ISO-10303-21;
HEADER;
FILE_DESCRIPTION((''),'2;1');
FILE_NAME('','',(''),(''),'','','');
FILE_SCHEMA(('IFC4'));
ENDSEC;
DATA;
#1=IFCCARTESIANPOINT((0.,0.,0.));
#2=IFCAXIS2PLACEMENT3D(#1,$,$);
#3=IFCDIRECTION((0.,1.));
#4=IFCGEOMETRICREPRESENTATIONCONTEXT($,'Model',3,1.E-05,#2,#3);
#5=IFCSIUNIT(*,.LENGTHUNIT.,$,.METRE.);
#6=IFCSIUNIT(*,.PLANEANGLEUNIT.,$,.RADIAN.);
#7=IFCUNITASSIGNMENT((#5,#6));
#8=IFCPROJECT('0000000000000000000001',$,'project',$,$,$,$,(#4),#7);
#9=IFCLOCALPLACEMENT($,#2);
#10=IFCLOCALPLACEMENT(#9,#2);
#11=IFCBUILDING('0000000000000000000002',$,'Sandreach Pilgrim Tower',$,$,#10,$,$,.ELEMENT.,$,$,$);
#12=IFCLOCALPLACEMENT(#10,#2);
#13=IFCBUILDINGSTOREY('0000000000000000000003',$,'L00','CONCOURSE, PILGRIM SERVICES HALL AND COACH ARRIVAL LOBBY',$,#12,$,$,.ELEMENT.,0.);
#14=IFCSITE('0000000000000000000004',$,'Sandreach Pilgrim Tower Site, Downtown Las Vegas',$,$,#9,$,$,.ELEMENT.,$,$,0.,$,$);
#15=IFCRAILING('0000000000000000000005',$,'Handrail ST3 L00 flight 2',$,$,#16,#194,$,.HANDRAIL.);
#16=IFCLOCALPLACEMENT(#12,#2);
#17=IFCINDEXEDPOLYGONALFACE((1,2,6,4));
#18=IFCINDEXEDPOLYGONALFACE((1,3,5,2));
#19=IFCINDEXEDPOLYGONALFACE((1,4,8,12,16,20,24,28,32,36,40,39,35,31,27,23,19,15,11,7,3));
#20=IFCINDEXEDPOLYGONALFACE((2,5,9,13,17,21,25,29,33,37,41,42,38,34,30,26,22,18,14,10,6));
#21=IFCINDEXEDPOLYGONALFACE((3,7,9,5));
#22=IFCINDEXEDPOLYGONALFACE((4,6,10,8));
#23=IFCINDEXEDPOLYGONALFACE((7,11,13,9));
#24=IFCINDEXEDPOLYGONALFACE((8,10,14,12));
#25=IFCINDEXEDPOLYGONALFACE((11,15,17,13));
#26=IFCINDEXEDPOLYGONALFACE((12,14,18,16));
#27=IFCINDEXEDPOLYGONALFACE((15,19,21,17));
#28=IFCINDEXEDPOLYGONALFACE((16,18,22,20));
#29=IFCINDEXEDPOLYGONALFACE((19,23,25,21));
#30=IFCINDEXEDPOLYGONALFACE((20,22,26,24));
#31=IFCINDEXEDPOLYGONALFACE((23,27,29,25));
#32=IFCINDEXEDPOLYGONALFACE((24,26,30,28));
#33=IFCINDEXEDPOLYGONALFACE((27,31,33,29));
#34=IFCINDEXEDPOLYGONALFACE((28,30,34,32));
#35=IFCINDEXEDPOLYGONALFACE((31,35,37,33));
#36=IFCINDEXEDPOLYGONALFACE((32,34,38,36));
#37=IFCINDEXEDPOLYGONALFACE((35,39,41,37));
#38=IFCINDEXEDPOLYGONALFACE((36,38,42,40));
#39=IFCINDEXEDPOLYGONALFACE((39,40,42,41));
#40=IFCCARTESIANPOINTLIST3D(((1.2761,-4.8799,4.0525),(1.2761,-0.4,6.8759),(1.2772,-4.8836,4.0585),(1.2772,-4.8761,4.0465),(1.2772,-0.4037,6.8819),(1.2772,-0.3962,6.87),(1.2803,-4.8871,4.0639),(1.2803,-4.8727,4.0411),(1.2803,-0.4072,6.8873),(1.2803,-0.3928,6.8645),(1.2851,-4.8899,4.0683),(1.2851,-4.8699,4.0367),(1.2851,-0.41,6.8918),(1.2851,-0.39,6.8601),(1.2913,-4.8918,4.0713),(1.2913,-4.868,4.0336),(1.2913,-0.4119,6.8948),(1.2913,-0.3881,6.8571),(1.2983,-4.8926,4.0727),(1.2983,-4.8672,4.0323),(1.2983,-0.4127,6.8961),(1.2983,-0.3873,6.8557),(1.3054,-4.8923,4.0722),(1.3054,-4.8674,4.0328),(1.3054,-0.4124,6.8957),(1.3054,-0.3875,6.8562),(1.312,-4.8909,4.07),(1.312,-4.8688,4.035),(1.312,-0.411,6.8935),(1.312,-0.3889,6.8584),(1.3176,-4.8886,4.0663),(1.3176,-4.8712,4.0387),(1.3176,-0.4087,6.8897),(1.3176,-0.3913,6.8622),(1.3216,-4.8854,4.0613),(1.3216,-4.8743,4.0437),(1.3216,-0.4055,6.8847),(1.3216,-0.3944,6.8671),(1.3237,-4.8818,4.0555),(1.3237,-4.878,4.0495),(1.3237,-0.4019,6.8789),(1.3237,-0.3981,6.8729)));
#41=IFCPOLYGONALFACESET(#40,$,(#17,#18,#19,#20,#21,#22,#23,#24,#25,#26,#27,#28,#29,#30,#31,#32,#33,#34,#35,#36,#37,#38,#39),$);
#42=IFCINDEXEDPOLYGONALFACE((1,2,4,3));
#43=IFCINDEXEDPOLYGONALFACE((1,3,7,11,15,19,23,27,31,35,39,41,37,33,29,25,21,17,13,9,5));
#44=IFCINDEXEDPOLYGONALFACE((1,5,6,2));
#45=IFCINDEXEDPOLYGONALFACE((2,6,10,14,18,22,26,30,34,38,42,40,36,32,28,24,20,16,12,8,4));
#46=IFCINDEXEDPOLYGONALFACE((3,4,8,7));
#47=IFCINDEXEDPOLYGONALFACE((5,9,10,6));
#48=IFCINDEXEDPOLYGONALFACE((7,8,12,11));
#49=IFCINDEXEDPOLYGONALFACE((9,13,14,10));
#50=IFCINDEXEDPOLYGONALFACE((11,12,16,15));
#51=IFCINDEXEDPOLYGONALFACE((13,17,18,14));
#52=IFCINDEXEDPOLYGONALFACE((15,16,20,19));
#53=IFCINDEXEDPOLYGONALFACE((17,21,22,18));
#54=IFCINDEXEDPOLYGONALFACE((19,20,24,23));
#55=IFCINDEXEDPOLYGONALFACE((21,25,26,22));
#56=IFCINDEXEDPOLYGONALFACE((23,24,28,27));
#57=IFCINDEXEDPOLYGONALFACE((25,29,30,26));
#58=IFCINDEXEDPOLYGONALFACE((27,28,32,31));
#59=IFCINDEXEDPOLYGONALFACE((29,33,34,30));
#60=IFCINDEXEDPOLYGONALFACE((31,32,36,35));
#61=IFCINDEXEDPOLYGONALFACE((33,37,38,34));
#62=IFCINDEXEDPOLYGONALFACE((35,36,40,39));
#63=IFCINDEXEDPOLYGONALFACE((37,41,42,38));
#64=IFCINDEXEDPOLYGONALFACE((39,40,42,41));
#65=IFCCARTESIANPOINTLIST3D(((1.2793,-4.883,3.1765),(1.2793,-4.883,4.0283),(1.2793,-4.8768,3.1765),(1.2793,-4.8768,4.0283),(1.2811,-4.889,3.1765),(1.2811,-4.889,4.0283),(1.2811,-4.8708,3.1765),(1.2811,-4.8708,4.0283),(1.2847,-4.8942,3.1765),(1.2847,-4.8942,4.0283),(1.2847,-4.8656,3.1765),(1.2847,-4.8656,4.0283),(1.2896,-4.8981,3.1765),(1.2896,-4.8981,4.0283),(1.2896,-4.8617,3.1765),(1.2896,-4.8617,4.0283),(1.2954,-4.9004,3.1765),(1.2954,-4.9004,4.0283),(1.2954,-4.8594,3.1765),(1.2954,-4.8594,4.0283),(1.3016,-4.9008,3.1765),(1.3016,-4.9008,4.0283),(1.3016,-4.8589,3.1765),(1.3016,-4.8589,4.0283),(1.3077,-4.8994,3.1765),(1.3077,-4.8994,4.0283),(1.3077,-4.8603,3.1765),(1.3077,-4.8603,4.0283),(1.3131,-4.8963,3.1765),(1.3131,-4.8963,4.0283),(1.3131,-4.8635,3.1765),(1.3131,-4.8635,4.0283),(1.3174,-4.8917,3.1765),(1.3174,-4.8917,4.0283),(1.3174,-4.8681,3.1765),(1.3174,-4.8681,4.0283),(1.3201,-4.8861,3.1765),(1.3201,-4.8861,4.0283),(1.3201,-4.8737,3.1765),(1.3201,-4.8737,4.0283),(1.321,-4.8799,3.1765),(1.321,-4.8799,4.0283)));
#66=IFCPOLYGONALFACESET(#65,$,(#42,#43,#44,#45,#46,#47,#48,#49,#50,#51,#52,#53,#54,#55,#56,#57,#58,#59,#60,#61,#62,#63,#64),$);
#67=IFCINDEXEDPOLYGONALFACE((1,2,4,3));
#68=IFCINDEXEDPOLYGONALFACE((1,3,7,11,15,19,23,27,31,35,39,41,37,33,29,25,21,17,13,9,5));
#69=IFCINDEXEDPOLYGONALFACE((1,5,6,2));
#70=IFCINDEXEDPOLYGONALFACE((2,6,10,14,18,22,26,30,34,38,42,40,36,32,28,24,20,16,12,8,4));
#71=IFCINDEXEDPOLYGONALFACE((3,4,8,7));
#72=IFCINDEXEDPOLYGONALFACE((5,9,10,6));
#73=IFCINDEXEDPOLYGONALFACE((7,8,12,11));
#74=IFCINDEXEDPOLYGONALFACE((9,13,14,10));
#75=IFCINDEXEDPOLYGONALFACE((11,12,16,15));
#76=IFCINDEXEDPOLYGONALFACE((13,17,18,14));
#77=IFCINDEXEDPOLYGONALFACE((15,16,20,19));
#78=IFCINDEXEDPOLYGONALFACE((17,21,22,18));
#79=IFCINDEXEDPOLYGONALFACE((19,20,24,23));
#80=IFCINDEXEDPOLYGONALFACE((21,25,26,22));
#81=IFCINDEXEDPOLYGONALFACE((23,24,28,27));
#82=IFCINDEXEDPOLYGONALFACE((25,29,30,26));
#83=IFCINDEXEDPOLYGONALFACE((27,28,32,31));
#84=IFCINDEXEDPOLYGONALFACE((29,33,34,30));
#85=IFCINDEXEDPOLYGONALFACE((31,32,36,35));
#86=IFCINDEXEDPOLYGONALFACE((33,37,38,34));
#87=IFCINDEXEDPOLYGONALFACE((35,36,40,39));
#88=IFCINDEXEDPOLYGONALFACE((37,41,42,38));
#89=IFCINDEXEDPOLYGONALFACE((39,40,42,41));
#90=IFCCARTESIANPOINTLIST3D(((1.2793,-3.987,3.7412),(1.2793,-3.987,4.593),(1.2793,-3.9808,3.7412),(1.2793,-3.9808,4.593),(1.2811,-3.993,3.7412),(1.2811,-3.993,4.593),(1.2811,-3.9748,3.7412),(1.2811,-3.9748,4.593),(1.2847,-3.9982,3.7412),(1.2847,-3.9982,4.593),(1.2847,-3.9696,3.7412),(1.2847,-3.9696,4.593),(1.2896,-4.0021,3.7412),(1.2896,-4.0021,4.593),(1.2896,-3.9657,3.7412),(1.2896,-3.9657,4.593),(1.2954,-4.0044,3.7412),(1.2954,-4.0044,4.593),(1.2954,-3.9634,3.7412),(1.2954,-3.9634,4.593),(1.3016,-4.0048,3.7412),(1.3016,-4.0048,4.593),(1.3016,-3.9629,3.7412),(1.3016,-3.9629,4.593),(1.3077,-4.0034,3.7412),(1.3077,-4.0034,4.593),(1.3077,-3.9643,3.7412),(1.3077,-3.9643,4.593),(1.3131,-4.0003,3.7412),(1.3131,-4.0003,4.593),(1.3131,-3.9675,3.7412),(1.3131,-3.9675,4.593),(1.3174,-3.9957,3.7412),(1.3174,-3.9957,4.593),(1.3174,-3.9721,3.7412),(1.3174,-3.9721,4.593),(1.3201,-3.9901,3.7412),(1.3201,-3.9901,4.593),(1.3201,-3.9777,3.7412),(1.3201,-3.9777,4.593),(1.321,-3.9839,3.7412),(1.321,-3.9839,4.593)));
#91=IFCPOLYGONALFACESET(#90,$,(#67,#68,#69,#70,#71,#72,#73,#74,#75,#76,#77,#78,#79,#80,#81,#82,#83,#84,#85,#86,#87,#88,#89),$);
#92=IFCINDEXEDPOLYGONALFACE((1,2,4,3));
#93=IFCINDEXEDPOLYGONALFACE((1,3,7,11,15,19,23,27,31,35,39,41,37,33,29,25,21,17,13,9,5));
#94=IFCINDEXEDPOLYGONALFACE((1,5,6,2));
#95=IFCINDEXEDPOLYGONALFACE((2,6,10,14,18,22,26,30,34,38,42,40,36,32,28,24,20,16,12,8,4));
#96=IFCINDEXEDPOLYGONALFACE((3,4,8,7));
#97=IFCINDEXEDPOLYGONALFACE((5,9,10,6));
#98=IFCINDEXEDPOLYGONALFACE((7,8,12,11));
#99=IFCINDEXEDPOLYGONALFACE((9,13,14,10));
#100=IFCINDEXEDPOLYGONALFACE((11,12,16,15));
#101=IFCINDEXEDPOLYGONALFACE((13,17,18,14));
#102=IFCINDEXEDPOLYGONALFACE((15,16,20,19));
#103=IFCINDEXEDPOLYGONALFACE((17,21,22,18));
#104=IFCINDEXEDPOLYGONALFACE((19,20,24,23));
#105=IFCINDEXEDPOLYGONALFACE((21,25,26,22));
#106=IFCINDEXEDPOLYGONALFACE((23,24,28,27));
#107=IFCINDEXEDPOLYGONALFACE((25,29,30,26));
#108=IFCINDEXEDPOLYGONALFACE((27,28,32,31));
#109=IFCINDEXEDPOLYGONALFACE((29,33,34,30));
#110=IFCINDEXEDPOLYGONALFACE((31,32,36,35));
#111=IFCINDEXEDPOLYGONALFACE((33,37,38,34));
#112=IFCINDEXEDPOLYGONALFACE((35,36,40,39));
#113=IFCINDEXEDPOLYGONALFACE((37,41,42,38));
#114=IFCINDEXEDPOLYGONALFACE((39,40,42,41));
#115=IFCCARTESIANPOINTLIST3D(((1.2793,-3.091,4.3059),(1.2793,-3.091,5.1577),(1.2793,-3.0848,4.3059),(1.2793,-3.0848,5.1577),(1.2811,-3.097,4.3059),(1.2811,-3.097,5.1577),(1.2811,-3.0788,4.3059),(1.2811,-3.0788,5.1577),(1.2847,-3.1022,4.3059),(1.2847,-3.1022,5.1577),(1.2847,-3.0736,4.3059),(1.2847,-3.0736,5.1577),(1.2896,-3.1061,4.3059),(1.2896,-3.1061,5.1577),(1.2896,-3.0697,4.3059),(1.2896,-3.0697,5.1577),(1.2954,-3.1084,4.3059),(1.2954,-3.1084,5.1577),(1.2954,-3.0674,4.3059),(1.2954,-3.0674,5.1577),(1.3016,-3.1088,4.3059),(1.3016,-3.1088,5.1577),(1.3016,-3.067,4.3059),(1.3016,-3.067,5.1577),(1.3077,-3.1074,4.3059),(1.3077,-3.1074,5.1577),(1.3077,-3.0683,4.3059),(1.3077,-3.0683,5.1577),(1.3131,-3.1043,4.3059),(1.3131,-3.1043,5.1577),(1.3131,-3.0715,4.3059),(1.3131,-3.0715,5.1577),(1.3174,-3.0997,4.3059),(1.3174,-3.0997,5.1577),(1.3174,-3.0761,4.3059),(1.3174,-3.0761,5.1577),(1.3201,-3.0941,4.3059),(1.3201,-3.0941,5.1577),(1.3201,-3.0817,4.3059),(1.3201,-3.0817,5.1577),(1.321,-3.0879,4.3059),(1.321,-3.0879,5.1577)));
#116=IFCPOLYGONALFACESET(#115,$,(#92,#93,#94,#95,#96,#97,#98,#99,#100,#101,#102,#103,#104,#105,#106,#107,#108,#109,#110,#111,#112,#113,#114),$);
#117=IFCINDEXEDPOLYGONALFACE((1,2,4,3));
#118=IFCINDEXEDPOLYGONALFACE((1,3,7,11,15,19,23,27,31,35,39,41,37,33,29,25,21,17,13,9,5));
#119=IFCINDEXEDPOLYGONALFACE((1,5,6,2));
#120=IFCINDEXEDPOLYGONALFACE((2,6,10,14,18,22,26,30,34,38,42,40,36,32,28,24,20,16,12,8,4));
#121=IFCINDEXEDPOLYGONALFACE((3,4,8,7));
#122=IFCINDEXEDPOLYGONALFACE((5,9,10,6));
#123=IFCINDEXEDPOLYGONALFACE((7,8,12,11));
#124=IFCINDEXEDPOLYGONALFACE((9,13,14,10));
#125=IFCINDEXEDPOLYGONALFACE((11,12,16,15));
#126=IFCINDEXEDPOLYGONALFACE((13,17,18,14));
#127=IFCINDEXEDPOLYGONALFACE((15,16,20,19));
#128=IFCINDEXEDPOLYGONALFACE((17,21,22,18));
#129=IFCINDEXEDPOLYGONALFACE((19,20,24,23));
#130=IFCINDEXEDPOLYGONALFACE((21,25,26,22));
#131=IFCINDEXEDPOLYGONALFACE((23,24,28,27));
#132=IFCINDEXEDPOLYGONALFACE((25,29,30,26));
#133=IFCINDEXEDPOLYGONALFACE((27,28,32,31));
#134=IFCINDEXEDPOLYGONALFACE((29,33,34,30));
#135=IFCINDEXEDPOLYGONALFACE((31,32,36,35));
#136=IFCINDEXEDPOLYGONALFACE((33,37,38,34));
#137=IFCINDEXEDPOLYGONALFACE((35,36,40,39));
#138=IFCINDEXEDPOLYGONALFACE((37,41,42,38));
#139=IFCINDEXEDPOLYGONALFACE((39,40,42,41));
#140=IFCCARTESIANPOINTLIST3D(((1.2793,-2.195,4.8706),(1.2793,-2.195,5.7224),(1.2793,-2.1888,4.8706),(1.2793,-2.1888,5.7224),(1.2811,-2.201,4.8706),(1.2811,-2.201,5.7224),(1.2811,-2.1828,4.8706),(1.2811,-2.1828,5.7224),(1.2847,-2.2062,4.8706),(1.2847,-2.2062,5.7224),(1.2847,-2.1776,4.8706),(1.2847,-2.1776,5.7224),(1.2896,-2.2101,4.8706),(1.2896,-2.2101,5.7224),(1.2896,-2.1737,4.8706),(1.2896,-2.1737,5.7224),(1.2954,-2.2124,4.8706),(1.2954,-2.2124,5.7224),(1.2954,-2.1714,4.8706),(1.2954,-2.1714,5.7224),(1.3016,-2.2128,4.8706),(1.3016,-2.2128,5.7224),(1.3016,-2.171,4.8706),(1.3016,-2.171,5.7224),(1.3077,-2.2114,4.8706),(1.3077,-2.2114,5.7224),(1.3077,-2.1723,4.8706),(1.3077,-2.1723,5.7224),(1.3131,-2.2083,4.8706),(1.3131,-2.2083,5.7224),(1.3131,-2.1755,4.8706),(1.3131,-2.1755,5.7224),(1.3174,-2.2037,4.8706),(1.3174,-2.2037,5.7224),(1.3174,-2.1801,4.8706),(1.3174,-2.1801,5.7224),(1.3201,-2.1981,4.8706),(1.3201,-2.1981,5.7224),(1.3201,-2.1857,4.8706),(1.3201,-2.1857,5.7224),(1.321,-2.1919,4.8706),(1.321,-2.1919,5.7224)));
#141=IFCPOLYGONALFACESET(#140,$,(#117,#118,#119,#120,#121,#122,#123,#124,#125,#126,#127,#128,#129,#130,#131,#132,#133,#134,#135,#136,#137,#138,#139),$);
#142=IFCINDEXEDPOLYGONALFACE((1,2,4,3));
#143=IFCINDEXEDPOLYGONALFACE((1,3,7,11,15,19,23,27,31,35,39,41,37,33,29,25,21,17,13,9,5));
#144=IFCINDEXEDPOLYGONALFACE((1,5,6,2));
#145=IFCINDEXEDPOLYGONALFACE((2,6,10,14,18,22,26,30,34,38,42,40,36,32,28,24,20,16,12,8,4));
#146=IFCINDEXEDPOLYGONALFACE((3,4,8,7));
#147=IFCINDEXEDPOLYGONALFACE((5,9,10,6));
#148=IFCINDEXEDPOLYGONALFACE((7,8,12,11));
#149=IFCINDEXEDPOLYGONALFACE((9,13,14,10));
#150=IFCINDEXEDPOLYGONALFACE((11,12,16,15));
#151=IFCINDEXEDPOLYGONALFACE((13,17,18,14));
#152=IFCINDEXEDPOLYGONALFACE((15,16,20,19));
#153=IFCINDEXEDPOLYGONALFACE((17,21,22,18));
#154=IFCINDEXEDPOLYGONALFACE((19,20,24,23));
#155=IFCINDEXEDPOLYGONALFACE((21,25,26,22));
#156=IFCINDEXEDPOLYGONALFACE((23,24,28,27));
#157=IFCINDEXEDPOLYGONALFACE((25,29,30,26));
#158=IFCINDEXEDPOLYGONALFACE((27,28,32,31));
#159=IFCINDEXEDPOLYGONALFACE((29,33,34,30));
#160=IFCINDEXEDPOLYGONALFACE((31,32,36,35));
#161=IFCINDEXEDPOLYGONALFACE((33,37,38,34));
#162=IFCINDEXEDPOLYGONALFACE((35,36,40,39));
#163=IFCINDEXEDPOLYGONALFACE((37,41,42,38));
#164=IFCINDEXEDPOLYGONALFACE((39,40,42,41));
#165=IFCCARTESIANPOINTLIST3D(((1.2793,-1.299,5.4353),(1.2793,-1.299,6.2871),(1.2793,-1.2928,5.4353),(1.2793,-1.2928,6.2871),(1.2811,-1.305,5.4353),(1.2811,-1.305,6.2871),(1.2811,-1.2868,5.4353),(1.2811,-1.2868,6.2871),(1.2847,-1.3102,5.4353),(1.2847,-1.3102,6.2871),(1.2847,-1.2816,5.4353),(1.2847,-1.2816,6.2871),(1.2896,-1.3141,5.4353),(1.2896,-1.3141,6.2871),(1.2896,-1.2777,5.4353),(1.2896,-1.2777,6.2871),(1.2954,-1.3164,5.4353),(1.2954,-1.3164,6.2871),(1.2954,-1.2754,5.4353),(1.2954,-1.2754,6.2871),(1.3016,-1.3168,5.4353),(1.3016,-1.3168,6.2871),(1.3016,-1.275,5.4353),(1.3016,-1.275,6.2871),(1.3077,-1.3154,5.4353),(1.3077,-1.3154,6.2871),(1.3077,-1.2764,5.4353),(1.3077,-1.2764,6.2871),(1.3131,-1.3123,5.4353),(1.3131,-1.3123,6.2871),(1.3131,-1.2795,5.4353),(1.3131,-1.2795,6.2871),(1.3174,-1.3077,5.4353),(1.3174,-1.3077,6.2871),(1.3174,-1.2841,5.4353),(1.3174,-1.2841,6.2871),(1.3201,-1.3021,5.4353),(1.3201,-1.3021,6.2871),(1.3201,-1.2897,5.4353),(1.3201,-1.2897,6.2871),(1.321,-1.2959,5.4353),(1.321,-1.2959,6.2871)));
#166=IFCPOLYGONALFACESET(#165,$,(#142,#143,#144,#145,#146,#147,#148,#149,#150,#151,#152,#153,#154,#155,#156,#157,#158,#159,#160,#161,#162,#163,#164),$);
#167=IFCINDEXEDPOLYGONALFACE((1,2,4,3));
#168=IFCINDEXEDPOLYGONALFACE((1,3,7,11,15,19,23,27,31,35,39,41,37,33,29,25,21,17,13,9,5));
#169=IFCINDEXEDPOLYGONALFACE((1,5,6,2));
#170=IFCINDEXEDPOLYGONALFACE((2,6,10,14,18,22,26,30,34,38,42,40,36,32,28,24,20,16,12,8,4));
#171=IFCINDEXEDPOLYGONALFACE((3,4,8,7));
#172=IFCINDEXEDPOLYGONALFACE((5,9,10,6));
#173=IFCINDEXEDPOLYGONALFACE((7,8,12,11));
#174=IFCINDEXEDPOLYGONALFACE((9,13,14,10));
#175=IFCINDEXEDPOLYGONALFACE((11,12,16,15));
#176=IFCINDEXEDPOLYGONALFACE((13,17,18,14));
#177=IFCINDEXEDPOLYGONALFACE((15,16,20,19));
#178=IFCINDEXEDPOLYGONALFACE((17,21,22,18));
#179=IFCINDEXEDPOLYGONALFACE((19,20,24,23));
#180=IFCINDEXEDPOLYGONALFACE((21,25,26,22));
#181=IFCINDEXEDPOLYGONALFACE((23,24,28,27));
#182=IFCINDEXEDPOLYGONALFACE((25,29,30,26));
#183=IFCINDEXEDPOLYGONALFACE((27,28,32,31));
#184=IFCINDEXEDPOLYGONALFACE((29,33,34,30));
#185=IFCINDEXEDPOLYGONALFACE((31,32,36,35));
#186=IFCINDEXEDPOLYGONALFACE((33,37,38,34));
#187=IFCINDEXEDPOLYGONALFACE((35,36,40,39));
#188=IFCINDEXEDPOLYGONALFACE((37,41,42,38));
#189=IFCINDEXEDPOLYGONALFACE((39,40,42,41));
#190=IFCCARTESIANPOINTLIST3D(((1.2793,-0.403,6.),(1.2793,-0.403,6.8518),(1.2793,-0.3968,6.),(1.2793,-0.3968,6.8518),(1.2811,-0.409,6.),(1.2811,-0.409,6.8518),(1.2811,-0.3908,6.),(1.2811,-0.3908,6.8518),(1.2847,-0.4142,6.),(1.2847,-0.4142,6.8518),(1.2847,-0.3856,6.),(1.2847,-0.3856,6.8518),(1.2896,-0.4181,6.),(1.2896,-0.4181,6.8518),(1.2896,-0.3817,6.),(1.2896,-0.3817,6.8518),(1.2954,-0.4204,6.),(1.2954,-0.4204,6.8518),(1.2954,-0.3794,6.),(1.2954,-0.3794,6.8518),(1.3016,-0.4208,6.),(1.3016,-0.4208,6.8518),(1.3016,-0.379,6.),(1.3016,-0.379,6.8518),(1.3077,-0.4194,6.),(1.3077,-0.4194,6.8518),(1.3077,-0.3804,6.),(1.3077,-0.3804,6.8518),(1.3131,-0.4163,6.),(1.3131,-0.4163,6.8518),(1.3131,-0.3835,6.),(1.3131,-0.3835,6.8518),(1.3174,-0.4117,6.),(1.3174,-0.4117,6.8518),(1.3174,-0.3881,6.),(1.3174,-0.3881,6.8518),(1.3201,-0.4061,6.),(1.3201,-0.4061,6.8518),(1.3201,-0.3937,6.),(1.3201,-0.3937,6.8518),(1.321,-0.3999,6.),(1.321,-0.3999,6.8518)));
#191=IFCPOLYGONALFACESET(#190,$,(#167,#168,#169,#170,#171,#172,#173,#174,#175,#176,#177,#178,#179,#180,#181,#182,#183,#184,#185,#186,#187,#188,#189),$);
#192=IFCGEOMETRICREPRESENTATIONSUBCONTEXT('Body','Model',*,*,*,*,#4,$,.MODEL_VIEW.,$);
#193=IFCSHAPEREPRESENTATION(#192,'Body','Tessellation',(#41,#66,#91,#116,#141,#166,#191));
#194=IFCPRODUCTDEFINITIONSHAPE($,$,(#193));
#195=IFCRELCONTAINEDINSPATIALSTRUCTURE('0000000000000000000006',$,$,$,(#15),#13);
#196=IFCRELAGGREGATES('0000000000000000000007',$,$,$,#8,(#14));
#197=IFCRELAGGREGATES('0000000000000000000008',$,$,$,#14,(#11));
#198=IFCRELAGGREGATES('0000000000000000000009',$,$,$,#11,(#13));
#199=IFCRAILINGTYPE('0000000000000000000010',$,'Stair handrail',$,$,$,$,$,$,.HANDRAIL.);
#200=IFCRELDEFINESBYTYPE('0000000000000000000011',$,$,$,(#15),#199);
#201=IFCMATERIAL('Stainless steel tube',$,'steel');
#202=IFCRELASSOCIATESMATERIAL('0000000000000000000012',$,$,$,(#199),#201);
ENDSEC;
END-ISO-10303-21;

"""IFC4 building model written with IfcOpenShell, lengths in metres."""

from ifc_helpers import new_model, si_unit, direction, frame, origin, origin_2d, place, context, subcontext, project, spatial, circle, extrude, material, type_object, element, save


model = new_model("IFC4")

# Units and contexts
model_context = context("Model", 3, precision=1e-05, world=origin(), true_north=direction((0.0, 1.0)))
body_context = subcontext(model_context, "Body", "Model", "MODEL_VIEW")
ifc_project = project(units=[si_unit("LENGTHUNIT", "METRE"), si_unit("PLANEANGLEUNIT", "RADIAN")], contexts=[model_context])

# Site, building, storey
site_placement = place(None, origin())
site = spatial("IfcSite", under=ifc_project, at=site_placement, Name="Sandreach Pilgrim Tower Site, Downtown Las Vegas", CompositionType="ELEMENT", RefElevation=0.0)
building_placement = place(site_placement, origin())
building = spatial("IfcBuilding", under=site, at=building_placement, Name="Sandreach Pilgrim Tower", CompositionType="ELEMENT")
storey_placement = place(building_placement, origin())
storey = spatial("IfcBuildingStorey", under=building, at=storey_placement, Name="L00", Description="CONCOURSE, PILGRIM SERVICES HALL AND COACH ARRIVAL LOBBY", CompositionType="ELEMENT", Elevation=0.0)

# Railing
ifc_material_1 = material(Name="Stainless steel tube", Category="steel")
railing_type = type_object("IfcRailingType", Name="Stair handrail", PredefinedType="HANDRAIL", material=ifc_material_1)
for number, where, name in (
    (1, (1.3, -4.8799, 3.1765), "Handrail ST3 L00 flight 2"),
):
    element("IfcRailing", number, at=place(storey_placement, frame(where)), inside=storey, type_object=railing_type, Name=name, PredefinedType="HANDRAIL", context=body_context, shape_type="SweptSolid", body=[
        extrude(circle(Radius=0.0239, at=origin_2d()), frame((0.0, 0.0, 0.876), z_axis=(0.0, 0.845998, 0.533186), x_axis=(-1.0, 0.0, 0.0)), (0.0, 0.0, 1.0), 5.2954),
        extrude(circle(Radius=0.021, at=origin_2d()), origin(), (0.0, 0.0, 1.0), 0.8518),
        extrude(circle(Radius=0.021, at=origin_2d()), frame((0.0, 0.896, 0.5647)), (0.0, 0.0, 1.0), 0.8518),
        extrude(circle(Radius=0.021, at=origin_2d()), frame((0.0, 1.792, 1.1294)), (0.0, 0.0, 1.0), 0.8518),
        extrude(circle(Radius=0.021, at=origin_2d()), frame((0.0, 2.688, 1.6941)), (0.0, 0.0, 1.0), 0.8518),
        extrude(circle(Radius=0.021, at=origin_2d()), frame((0.0, 3.584, 2.2588)), (0.0, 0.0, 1.0), 0.8518),
        extrude(circle(Radius=0.021, at=origin_2d()), frame((0.0, 4.48, 2.8235)), (0.0, 0.0, 1.0), 0.8518),
    ])

save(model, "model.ifc")
